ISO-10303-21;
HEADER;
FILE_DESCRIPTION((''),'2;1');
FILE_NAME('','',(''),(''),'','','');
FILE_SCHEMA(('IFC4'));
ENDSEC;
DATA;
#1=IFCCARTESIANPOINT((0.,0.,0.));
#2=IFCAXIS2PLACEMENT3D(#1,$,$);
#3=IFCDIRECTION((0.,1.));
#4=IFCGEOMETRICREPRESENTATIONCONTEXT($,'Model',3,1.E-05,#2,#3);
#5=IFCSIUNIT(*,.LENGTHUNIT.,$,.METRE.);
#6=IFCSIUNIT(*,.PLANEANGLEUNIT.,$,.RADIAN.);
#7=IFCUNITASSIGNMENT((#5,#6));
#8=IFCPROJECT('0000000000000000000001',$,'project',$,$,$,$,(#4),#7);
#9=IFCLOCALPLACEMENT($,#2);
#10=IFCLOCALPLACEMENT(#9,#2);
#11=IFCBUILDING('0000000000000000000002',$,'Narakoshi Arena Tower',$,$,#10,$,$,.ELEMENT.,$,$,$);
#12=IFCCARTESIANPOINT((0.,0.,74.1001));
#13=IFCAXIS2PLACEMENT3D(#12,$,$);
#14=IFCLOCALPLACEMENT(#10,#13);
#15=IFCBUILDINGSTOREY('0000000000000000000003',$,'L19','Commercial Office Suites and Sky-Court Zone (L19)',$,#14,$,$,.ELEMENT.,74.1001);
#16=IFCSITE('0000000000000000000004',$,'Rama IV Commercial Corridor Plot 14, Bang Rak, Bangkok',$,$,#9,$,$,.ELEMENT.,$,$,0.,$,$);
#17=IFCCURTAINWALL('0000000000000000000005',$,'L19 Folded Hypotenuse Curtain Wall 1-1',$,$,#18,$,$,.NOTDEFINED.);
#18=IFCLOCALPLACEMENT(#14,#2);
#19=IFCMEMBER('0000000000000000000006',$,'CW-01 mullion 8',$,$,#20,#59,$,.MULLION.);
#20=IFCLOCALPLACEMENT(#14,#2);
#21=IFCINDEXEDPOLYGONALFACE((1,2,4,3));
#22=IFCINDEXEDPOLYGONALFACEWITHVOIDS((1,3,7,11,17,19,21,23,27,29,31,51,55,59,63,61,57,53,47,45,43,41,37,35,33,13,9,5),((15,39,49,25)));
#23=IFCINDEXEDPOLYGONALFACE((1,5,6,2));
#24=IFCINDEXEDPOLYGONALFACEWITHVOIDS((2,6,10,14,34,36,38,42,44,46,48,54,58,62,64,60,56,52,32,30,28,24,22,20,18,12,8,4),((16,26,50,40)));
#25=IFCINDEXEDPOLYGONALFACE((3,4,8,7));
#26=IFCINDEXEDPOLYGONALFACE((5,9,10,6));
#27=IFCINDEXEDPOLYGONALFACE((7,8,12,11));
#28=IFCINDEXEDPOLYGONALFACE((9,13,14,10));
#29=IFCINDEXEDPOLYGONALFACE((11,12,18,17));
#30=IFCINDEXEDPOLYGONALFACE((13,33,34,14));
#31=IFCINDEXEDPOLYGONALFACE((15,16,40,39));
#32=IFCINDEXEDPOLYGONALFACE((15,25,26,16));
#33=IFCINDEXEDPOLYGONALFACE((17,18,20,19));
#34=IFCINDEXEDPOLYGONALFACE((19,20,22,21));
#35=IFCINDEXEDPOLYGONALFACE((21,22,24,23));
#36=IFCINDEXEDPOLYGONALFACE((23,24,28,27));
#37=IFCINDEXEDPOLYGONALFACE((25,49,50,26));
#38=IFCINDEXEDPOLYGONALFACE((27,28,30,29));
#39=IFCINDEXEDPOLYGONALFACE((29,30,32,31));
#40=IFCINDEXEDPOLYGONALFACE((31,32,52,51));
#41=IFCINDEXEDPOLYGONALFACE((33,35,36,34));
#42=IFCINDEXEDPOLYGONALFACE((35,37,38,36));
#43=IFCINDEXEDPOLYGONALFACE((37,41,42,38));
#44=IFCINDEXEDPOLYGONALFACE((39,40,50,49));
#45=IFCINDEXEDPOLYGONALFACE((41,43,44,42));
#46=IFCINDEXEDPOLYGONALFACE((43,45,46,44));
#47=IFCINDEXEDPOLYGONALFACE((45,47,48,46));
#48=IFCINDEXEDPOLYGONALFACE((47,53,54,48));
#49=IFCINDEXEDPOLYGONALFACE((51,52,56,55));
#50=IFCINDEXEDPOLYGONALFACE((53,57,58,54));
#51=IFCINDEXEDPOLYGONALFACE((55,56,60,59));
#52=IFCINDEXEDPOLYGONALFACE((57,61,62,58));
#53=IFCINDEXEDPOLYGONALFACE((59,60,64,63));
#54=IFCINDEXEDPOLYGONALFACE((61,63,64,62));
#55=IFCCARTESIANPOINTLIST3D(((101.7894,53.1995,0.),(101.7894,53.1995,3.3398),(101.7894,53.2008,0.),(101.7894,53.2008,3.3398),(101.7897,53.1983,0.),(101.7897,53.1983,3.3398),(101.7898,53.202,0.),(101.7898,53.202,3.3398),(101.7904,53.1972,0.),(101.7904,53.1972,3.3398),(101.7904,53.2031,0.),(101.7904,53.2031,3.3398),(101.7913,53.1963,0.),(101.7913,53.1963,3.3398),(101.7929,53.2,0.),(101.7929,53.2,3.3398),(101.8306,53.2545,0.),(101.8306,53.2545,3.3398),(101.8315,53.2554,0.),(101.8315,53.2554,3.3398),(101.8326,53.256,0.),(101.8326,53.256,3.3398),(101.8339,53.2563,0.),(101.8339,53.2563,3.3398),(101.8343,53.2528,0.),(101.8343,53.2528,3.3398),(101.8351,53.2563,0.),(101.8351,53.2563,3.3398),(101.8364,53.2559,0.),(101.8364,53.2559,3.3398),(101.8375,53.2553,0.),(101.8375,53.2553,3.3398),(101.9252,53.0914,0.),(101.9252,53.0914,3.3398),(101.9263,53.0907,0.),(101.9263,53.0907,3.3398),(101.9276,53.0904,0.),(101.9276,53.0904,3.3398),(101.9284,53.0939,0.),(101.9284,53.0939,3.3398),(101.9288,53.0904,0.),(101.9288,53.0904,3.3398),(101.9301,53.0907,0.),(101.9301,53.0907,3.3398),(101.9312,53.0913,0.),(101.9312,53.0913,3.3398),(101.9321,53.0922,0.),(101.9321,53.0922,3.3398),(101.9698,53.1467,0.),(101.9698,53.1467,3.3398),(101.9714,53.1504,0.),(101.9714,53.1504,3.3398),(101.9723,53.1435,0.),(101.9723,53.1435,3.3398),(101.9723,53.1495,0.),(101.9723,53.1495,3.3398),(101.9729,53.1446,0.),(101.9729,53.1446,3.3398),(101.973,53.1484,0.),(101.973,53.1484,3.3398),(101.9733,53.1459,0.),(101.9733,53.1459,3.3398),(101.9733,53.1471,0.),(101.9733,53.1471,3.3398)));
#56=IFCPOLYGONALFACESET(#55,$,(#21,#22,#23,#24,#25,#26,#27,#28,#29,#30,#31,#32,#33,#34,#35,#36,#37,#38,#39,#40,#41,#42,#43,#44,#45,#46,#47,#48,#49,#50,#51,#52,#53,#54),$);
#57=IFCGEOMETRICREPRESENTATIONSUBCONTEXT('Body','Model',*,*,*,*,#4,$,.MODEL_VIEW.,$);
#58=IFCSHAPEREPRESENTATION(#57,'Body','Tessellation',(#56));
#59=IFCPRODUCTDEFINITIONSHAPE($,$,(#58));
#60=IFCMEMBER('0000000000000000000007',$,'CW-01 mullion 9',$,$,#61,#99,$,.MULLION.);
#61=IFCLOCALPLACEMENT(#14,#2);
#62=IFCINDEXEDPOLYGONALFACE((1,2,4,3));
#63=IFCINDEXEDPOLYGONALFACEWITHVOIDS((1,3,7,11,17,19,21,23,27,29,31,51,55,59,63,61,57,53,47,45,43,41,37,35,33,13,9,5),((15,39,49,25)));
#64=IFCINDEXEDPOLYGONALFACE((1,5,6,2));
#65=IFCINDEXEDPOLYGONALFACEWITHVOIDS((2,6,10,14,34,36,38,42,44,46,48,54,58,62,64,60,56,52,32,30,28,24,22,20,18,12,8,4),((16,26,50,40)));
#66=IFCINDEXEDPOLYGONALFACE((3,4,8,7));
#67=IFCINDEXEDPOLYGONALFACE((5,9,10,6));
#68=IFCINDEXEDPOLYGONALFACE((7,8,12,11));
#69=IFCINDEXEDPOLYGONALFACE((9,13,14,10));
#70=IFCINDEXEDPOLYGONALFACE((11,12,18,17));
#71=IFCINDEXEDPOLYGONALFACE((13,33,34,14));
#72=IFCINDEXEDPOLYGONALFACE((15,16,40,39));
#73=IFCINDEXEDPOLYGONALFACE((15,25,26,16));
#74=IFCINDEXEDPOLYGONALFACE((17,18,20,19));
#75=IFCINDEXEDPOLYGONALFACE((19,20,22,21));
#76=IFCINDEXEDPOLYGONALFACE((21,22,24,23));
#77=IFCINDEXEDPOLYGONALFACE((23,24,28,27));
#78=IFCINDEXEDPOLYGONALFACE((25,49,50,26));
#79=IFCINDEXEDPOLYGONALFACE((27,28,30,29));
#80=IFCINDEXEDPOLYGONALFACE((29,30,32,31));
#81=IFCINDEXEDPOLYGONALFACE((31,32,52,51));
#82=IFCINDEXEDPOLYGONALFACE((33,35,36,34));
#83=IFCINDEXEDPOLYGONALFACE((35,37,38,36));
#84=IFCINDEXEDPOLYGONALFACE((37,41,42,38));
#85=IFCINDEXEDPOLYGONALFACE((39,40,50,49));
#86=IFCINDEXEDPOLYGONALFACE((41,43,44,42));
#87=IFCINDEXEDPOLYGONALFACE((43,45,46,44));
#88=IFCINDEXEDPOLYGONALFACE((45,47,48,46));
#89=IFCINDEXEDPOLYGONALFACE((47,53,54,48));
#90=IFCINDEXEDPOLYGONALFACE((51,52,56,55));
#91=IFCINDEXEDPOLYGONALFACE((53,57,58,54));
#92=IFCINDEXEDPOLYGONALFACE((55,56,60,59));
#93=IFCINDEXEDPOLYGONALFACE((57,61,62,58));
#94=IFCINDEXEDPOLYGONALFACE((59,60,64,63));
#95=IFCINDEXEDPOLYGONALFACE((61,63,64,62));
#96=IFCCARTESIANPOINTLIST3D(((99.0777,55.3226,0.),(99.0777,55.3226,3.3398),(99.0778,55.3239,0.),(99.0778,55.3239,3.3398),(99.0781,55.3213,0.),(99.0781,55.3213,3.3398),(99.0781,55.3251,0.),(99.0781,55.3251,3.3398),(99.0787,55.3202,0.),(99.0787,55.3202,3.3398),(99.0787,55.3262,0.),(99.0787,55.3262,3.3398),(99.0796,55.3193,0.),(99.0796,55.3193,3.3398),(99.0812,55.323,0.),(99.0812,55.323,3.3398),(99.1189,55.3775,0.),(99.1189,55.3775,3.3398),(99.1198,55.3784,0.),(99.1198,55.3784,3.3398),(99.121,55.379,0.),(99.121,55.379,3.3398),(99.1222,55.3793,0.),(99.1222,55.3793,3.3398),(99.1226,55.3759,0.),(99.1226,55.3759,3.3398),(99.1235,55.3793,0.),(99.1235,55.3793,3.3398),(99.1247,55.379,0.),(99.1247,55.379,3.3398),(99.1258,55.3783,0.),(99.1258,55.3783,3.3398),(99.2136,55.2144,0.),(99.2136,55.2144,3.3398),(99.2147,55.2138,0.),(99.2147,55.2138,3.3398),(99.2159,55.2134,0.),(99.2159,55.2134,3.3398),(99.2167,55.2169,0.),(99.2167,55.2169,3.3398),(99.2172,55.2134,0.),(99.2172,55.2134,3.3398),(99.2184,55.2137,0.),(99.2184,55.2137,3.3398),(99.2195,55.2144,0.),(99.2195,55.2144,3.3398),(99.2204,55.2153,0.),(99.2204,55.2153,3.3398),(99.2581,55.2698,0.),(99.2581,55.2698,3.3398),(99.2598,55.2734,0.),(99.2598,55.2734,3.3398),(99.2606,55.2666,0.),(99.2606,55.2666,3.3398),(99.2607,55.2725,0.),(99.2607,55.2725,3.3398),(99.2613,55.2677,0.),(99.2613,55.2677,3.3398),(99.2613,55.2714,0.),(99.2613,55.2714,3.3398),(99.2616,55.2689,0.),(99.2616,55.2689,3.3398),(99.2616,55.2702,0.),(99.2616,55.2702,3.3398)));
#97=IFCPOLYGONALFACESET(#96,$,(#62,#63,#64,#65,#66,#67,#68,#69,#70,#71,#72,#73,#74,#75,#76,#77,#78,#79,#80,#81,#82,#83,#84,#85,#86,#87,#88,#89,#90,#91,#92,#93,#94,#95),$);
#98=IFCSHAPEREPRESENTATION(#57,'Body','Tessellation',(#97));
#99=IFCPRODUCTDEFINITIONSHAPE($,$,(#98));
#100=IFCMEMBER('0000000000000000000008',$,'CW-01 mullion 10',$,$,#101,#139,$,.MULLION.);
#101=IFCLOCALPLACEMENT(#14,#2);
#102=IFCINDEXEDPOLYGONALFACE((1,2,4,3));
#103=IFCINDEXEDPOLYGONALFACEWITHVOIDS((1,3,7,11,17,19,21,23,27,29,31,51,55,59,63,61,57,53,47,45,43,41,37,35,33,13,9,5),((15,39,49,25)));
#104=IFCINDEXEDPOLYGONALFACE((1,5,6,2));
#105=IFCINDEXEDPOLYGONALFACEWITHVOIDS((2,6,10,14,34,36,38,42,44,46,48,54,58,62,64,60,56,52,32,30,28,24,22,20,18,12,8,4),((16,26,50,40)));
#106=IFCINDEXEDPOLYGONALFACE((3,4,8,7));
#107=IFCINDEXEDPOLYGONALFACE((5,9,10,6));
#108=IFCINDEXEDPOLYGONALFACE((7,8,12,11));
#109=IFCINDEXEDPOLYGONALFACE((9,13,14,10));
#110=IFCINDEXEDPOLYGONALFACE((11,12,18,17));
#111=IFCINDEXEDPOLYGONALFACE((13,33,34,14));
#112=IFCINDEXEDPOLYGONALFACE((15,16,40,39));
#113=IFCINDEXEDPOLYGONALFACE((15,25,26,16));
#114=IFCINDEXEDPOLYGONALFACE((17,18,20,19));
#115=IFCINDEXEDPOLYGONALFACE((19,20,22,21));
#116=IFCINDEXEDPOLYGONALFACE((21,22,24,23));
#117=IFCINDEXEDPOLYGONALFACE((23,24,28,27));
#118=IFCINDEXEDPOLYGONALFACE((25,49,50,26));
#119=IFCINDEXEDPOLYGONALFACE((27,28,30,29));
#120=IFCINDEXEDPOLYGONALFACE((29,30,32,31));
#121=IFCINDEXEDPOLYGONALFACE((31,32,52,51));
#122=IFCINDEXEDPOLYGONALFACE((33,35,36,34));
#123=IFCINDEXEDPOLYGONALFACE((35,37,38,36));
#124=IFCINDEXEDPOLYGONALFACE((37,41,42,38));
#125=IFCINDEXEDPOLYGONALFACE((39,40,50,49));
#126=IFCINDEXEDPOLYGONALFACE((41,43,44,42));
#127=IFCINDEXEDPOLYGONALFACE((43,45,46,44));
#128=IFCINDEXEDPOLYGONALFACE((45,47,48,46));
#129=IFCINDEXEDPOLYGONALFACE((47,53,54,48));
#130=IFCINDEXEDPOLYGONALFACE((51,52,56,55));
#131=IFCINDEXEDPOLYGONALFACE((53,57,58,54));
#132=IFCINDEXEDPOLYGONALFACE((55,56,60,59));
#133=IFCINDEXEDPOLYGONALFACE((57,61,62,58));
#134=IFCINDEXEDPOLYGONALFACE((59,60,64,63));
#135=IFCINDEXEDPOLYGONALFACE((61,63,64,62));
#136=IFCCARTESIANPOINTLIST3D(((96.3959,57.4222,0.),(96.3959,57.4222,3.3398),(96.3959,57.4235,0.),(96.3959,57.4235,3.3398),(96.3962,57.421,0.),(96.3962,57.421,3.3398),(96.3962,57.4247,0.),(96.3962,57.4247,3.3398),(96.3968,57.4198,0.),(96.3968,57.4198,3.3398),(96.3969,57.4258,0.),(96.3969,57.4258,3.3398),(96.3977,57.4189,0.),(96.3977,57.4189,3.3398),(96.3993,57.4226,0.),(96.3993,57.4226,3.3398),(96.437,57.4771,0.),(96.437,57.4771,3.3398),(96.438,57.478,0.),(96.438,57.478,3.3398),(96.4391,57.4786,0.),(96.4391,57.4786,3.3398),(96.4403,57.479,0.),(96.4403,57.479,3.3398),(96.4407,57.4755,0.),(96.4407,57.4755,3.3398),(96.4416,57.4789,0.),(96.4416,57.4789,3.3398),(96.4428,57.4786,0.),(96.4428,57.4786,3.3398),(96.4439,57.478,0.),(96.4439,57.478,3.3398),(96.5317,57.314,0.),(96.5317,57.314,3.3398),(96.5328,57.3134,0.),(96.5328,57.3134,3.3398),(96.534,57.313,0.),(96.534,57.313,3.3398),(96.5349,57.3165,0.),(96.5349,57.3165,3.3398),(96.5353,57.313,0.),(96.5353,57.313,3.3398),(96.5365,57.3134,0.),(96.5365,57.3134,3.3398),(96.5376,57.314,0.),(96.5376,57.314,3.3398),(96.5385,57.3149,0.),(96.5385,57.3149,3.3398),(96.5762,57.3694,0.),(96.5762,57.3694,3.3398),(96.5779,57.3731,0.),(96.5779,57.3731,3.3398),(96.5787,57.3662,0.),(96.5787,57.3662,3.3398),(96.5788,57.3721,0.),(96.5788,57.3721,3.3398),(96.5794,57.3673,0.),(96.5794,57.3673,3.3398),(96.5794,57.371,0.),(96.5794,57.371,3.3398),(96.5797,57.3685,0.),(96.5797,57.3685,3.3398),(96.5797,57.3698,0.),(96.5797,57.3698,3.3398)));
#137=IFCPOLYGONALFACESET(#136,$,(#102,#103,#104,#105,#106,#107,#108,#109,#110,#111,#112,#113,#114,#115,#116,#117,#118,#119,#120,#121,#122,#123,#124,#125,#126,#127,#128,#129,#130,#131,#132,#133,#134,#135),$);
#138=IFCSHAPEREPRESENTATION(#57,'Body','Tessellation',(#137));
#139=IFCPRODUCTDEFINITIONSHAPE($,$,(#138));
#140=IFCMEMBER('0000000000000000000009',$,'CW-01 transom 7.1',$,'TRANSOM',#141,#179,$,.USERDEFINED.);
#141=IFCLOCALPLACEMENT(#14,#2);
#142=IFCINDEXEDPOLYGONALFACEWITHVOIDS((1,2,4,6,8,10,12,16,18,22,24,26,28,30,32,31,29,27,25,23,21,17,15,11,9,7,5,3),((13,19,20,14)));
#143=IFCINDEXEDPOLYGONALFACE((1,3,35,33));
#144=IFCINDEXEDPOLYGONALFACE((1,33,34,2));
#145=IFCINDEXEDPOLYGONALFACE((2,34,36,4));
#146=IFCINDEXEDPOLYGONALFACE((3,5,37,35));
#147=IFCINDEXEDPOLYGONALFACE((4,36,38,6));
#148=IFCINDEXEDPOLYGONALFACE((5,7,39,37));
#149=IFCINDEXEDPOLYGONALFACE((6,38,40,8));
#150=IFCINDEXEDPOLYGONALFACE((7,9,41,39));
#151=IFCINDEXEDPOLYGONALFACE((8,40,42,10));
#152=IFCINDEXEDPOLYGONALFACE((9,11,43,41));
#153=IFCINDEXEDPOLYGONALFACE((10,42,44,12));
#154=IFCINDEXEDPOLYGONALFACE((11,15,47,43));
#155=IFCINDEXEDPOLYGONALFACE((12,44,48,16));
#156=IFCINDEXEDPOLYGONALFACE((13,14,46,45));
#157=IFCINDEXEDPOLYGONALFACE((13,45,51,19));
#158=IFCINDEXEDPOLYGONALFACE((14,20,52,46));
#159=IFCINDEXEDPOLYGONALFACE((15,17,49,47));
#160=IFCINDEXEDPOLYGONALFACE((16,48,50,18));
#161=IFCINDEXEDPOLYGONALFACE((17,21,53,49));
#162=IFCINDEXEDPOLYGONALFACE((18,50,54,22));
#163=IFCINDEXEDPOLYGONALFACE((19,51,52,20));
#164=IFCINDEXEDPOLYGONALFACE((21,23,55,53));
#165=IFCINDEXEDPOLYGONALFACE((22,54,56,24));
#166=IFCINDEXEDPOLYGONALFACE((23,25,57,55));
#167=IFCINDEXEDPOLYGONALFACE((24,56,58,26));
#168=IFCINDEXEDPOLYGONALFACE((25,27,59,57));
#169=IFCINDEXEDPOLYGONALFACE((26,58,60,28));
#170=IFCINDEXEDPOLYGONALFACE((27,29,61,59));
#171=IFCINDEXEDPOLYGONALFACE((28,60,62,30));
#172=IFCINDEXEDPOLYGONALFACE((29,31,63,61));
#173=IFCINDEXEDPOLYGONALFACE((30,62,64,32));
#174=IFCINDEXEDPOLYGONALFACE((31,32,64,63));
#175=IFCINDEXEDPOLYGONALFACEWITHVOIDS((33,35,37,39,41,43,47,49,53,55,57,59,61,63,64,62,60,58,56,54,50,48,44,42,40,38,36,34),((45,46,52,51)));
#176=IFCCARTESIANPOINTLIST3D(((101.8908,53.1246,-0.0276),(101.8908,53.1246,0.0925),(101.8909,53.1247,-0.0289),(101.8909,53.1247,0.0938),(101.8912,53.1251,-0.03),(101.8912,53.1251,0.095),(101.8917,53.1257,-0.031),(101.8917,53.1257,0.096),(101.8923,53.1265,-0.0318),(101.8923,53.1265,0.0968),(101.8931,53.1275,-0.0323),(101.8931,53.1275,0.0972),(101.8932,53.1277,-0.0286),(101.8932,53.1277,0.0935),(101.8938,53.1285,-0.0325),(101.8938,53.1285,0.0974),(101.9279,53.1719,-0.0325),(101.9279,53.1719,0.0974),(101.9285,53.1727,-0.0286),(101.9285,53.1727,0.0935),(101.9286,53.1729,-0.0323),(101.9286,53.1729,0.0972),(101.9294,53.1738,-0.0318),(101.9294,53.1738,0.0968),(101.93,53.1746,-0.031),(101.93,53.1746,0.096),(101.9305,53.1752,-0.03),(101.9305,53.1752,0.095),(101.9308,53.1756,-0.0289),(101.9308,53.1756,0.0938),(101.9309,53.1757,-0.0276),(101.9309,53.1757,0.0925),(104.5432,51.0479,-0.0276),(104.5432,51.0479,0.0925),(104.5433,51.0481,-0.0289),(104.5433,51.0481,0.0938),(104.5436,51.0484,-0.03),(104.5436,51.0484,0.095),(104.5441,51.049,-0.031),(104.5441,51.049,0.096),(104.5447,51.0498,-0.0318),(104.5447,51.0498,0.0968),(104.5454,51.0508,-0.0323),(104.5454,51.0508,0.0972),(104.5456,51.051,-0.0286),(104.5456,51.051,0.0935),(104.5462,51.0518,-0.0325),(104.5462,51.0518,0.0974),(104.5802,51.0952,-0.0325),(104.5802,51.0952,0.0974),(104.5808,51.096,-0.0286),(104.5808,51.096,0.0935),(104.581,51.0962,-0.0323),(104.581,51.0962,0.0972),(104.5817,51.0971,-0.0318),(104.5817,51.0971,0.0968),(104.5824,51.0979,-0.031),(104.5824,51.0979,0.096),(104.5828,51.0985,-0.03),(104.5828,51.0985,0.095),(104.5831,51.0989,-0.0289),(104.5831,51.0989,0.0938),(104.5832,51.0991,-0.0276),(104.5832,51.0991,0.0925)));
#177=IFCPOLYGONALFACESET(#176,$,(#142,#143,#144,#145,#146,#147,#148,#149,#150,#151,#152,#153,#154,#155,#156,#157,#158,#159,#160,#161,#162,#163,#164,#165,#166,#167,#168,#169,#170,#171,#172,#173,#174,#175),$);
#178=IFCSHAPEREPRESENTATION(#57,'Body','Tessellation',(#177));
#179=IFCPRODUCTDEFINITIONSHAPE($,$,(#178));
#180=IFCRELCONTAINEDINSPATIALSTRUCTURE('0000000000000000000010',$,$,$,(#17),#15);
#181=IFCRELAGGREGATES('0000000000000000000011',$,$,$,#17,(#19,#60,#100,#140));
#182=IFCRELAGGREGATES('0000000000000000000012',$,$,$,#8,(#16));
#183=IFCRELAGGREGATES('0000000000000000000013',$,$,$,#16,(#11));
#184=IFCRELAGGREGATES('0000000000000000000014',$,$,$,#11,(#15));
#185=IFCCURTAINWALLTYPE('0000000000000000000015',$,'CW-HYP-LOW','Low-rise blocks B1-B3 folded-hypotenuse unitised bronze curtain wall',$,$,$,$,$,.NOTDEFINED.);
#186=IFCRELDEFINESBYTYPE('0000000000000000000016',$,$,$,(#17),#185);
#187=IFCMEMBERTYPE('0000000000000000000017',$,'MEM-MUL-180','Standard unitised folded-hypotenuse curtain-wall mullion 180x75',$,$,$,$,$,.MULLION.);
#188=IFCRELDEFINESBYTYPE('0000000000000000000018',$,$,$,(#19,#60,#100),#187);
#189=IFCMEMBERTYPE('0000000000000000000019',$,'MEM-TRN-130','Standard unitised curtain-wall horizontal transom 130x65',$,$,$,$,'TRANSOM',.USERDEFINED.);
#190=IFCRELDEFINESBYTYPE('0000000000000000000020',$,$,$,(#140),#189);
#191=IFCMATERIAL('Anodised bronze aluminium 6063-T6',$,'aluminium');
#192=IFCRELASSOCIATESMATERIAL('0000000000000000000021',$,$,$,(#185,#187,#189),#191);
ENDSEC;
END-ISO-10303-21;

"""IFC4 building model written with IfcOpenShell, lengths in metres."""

from ifc_helpers import new_model, si_unit, direction, frame, origin, origin_2d, place, context, subcontext, project, spatial, hollow_rectangle, extrude, material, material_profile, profile_set, type_object, element, aggregate, save


model = new_model("IFC4")

# Units and contexts
model_context = context("Model", 3, precision=1e-05, world=origin(), true_north=direction((0.0, 1.0)))
body_context = subcontext(model_context, "Body", "Model", "MODEL_VIEW")
ifc_project = project(units=[si_unit("LENGTHUNIT", "METRE"), si_unit("PLANEANGLEUNIT", "RADIAN")], contexts=[model_context])

# Site, building, storey
site_placement = place(None, origin())
site = spatial("IfcSite", under=ifc_project, at=site_placement, Name="Rama IV Commercial Corridor Plot 14, Bang Rak, Bangkok", CompositionType="ELEMENT", RefElevation=0.0)
building_placement = place(site_placement, origin())
building = spatial("IfcBuilding", under=site, at=building_placement, Name="Narakoshi Arena Tower", CompositionType="ELEMENT")
storey_placement = place(building_placement, frame((0.0, 0.0, 74.1001)))
storey = spatial("IfcBuildingStorey", under=building, at=storey_placement, Name="L19", Description="Commercial Office Suites and Sky-Court Zone (L19)", CompositionType="ELEMENT", Elevation=74.1001)

# Curtain wall, members
ifc_material_1 = material(Name="Anodised bronze aluminium 6063-T6", Category="aluminium")
curtain_wall_type = type_object("IfcCurtainWallType", Name="CW-HYP-LOW", Description="Low-rise blocks B1-B3 folded-hypotenuse unitised bronze curtain wall", PredefinedType="NOTDEFINED", material=ifc_material_1)
curtain_wall_placement = place(storey_placement, origin())
curtain_wall = element("IfcCurtainWall", 1, at=curtain_wall_placement, inside=storey, type_object=curtain_wall_type, Name="L19 Folded Hypotenuse Curtain Wall 1-1", PredefinedType="NOTDEFINED")
ifc_material_profile_1 = material_profile(ifc_material_1, hollow_rectangle(XDim=0.075, YDim=0.1799, WallThickness=0.0039, OuterFilletRadius=0.0049, at=origin_2d()), Name="MUL180x75x4")
ifc_profile_set_1 = profile_set([ifc_material_profile_1], Name="Anodised bronze aluminium 6063-T6")
member_type_1 = type_object("IfcMemberType", Name="MEM-MUL-180", Description="Standard unitised folded-hypotenuse curtain-wall mullion 180x75", PredefinedType="MULLION", material=ifc_profile_set_1)
member_1_placement = place(storey_placement, frame((101.8813, 53.1733, 0.0), z_axis=(0.0, 0.0, 1.0), x_axis=(-0.616458, -0.787388, 0.0)))
member_1 = element("IfcMember", 2, at=member_1_placement, type_object=member_type_1, Name="CW-01 mullion 8", PredefinedType="MULLION", context=body_context, shape_type="SweptSolid", body=[
    extrude(hollow_rectangle(XDim=0.075, YDim=0.1799, WallThickness=0.0039, OuterFilletRadius=0.0049, at=origin_2d()), origin(), (0.0, 0.0, 1.0), 3.3398),
])
member_2_placement = place(storey_placement, frame((99.1697, 55.2964, 0.0), z_axis=(0.0, 0.0, 1.0), x_axis=(-0.616458, -0.787388, 0.0)))
member_2 = element("IfcMember", 3, at=member_2_placement, type_object=member_type_1, Name="CW-01 mullion 9", PredefinedType="MULLION", context=body_context, shape_type="SweptSolid", body=[
    extrude(hollow_rectangle(XDim=0.075, YDim=0.1799, WallThickness=0.0039, OuterFilletRadius=0.0049, at=origin_2d()), origin(), (0.0, 0.0, 1.0), 3.3398),
])
member_3_placement = place(storey_placement, frame((96.4878, 57.396, 0.0), z_axis=(0.0, 0.0, 1.0), x_axis=(-0.616458, -0.787388, 0.0)))
member_3 = element("IfcMember", 4, at=member_3_placement, type_object=member_type_1, Name="CW-01 mullion 10", PredefinedType="MULLION", context=body_context, shape_type="SweptSolid", body=[
    extrude(hollow_rectangle(XDim=0.075, YDim=0.1799, WallThickness=0.0039, OuterFilletRadius=0.0049, at=origin_2d()), origin(), (0.0, 0.0, 1.0), 3.3398),
])
ifc_material_profile_2 = material_profile(ifc_material_1, hollow_rectangle(XDim=0.0649, YDim=0.1299, WallThickness=0.0039, OuterFilletRadius=0.0049, at=origin_2d()), Name="TRN130x65x4")
ifc_profile_set_2 = profile_set([ifc_material_profile_2], Name="Anodised bronze aluminium 6063-T6")
member_type_2 = type_object("IfcMemberType", Name="MEM-TRN-130", Description="Standard unitised curtain-wall horizontal transom 130x65", ElementType="TRANSOM", PredefinedType="USERDEFINED", material=ifc_profile_set_2)
member_4_placement = place(storey_placement, frame((104.5632, 51.0735, 0.0325), z_axis=(-0.787373, 0.616476, 0.0), x_axis=(-0.616476, -0.787373, 0.0)))
member_4 = element("IfcMember", 5, at=member_4_placement, type_object=member_type_2, Name="CW-01 transom 7.1", ObjectType="TRANSOM", PredefinedType="USERDEFINED", context=body_context, shape_type="SweptSolid", body=[
    extrude(hollow_rectangle(XDim=0.0649, YDim=0.1299, WallThickness=0.0039, OuterFilletRadius=0.0049, at=origin_2d()), origin(), (0.0, 0.0, 1.0), 3.3687),
])
aggregate(curtain_wall, [member_1, member_2, member_3, member_4])

save(model, "model.ifc")
